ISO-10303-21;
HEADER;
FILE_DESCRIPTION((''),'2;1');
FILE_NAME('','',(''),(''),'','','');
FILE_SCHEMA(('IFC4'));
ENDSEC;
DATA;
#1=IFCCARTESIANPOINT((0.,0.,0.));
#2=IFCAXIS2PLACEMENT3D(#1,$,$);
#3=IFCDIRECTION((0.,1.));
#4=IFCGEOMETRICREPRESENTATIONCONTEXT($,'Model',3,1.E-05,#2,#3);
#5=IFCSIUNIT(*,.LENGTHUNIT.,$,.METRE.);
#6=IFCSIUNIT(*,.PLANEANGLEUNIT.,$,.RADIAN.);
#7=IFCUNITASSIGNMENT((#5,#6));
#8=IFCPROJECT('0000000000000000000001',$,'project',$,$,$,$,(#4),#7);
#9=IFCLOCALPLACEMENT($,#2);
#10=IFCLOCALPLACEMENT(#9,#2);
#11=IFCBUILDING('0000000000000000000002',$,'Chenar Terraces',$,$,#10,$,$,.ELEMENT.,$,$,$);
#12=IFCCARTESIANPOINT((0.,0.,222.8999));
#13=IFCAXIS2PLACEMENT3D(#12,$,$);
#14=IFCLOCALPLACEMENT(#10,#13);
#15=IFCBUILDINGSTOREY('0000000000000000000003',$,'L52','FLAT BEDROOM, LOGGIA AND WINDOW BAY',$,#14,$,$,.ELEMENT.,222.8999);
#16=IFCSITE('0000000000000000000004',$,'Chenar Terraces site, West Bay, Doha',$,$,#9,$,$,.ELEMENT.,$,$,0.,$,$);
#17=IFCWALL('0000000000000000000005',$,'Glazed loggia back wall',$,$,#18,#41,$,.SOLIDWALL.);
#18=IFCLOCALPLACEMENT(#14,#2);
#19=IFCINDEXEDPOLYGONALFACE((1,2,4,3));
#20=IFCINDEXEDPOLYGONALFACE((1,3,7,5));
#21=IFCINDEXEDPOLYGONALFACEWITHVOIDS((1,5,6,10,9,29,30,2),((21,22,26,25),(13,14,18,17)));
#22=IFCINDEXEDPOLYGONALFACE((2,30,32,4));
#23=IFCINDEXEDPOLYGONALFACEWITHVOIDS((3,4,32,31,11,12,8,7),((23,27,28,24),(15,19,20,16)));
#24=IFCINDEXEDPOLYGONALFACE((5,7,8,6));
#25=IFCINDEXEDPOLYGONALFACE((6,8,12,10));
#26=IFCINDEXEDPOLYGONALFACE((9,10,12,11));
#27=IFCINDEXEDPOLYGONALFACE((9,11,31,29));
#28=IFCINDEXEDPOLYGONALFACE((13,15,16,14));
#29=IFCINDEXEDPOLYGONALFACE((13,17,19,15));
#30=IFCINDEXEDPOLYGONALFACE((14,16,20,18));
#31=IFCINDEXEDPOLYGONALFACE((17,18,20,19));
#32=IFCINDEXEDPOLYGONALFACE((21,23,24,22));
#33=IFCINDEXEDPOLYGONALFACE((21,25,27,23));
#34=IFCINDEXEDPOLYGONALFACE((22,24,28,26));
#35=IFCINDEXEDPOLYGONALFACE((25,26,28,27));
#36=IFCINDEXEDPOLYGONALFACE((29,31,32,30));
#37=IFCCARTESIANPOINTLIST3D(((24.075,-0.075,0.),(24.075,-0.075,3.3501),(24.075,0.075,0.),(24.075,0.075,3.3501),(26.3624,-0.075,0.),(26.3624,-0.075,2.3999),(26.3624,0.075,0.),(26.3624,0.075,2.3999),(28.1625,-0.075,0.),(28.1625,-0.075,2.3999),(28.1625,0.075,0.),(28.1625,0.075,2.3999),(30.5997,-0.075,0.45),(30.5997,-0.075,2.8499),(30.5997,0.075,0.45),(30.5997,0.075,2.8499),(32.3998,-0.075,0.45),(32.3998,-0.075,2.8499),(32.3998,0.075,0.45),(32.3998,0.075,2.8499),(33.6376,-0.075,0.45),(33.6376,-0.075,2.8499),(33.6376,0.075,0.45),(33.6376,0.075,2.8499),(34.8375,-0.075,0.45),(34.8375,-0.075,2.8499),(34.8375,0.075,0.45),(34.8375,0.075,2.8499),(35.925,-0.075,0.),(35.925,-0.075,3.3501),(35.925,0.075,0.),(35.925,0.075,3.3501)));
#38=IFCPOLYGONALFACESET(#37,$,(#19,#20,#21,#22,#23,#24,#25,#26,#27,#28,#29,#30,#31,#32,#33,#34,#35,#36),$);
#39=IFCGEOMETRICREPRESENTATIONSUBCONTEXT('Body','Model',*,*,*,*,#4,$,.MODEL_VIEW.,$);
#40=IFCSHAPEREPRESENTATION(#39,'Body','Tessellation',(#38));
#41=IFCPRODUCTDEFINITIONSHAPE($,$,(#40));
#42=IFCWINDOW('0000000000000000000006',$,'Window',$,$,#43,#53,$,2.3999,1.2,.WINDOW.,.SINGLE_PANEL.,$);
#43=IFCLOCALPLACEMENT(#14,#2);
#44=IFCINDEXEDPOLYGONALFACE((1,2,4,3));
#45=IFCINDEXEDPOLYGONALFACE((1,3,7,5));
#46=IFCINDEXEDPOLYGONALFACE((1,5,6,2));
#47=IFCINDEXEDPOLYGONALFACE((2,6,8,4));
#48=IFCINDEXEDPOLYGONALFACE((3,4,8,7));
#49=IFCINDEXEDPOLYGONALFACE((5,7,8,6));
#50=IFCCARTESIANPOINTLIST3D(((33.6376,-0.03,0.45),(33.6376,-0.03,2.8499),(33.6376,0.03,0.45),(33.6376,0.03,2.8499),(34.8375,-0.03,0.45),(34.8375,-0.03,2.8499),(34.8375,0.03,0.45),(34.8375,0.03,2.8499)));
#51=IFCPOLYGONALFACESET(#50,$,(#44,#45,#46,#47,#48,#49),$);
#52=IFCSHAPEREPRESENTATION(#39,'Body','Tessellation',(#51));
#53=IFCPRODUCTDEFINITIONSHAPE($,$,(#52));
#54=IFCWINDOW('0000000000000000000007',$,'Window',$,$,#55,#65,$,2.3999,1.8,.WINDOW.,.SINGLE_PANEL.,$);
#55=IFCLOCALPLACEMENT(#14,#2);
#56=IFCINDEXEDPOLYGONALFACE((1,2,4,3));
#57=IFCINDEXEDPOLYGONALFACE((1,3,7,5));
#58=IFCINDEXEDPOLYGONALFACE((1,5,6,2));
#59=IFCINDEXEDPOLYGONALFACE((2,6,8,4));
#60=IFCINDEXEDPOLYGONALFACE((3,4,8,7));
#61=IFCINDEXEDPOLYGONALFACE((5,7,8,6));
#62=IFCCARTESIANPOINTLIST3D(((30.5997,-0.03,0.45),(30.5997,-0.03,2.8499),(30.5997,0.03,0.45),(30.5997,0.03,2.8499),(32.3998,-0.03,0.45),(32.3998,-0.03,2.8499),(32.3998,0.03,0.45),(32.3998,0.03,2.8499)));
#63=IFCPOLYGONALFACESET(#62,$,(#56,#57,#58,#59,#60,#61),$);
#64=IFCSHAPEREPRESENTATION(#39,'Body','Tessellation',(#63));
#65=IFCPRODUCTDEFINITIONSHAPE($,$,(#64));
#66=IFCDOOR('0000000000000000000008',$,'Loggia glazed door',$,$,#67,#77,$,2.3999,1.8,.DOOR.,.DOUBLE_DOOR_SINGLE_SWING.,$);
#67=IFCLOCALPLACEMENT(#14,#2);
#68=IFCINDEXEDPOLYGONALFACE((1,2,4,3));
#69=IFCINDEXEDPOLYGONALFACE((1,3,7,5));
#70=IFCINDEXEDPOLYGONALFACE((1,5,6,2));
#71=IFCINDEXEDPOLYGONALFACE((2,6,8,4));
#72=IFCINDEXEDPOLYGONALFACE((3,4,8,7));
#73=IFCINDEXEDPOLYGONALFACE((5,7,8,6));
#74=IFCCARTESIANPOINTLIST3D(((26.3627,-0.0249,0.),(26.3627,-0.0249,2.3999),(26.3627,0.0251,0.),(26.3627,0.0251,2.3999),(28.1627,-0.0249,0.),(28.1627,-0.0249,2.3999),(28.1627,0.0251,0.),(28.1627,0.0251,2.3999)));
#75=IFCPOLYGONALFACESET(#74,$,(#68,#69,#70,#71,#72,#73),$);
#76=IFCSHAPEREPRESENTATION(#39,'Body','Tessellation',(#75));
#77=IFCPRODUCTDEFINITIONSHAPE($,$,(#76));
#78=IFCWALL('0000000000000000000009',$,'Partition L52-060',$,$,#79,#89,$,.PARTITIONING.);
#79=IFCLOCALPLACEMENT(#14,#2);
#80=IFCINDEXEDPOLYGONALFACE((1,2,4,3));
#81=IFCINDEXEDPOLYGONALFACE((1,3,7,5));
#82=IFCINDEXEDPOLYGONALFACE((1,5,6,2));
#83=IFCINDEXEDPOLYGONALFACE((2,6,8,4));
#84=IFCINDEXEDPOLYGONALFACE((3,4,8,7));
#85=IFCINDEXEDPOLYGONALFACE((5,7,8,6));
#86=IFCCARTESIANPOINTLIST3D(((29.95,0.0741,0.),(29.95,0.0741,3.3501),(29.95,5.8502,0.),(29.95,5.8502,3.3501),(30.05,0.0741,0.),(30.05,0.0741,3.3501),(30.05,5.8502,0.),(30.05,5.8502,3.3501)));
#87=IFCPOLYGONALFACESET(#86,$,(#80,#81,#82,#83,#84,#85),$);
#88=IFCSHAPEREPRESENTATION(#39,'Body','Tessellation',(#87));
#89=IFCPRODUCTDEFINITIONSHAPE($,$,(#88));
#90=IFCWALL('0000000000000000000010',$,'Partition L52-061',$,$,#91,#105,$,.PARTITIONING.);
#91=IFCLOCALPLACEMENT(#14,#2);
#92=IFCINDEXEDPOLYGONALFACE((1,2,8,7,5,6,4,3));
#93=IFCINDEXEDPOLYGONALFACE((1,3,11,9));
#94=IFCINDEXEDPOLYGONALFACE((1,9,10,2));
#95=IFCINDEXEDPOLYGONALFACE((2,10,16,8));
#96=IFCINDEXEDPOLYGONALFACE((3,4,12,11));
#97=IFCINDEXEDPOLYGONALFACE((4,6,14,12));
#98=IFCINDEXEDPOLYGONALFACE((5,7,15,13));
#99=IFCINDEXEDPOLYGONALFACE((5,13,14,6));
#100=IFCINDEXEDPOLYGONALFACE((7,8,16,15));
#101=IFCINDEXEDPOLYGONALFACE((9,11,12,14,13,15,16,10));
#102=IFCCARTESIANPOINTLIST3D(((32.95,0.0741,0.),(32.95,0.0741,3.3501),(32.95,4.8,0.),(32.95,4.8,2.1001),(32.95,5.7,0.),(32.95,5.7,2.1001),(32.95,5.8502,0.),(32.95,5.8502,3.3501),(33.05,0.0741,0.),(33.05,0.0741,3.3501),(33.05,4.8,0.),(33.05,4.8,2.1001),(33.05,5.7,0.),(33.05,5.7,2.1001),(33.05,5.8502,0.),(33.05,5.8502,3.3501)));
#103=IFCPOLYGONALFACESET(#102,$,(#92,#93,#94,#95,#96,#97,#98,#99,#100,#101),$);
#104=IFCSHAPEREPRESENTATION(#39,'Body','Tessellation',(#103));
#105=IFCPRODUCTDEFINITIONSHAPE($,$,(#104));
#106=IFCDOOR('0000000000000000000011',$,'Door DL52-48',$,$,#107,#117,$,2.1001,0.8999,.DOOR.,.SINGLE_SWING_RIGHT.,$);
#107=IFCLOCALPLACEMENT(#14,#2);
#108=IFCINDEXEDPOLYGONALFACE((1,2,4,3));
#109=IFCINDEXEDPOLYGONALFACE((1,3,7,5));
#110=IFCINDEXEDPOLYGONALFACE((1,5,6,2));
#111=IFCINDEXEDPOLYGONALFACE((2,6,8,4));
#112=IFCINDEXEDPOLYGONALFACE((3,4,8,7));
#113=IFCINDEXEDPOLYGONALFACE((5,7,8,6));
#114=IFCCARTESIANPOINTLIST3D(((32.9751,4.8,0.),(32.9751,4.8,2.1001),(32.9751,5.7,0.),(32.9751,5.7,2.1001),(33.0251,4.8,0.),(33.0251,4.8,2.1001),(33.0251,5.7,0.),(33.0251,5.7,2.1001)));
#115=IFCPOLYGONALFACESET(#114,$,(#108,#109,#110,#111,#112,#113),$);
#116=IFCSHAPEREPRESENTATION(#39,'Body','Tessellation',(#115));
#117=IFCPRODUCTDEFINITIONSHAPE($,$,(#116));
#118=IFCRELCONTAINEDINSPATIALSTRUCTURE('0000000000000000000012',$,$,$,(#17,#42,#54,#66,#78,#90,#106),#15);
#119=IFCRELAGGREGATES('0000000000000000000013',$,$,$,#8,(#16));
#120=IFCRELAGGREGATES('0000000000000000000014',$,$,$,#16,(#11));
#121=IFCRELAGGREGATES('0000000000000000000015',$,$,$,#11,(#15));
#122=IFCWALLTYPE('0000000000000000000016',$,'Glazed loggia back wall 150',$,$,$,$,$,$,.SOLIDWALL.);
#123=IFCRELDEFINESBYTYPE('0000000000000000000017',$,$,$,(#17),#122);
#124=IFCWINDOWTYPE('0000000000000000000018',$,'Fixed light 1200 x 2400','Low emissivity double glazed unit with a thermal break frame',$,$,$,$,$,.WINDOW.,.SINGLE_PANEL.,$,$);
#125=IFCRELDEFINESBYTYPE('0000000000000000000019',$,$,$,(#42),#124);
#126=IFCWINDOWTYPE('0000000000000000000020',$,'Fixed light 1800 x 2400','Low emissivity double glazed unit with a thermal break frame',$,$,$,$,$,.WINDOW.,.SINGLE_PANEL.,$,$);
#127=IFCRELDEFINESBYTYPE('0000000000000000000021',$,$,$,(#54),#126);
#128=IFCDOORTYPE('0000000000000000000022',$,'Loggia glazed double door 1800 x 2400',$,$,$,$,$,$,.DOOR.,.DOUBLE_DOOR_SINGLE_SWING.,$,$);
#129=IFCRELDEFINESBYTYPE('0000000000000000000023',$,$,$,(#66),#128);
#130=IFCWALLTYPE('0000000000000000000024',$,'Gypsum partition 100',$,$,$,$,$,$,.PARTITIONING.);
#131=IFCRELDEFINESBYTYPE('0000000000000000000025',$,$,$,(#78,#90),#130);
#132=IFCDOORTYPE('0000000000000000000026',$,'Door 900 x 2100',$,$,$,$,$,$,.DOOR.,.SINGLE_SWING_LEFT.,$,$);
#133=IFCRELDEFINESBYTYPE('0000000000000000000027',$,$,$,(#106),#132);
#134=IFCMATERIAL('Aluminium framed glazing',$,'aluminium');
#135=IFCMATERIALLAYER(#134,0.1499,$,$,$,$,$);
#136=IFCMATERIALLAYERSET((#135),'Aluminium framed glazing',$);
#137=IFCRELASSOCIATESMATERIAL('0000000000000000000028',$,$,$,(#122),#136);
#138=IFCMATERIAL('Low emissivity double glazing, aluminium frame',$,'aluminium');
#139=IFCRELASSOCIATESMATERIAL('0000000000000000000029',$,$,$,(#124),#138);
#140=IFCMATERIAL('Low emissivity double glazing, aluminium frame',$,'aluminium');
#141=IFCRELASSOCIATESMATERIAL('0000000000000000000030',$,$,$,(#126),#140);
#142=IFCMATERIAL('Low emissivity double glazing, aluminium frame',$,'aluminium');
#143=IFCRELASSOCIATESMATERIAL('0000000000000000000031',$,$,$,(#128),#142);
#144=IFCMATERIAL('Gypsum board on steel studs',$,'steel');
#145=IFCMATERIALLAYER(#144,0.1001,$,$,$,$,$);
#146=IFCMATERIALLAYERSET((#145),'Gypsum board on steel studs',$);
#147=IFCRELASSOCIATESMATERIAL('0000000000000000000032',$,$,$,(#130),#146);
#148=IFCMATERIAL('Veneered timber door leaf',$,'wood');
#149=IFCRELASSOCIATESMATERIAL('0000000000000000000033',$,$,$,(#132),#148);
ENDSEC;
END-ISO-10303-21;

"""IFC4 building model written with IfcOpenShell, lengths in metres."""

from ifc_helpers import new_model, si_unit, direction, frame, frame_2d, origin, place, context, subcontext, project, spatial, rectangle, extrude, material, layer, layer_set, type_object, element, fill, save


model = new_model("IFC4")

# Units and contexts
model_context = context("Model", 3, precision=1e-05, world=origin(), true_north=direction((0.0, 1.0)))
body_context = subcontext(model_context, "Body", "Model", "MODEL_VIEW")
ifc_project = project(units=[si_unit("LENGTHUNIT", "METRE"), si_unit("PLANEANGLEUNIT", "RADIAN")], contexts=[model_context])

# Site, building, storey
site_placement = place(None, origin())
site = spatial("IfcSite", under=ifc_project, at=site_placement, Name="Chenar Terraces site, West Bay, Doha", CompositionType="ELEMENT", RefElevation=0.0)
building_placement = place(site_placement, origin())
building = spatial("IfcBuilding", under=site, at=building_placement, Name="Chenar Terraces", CompositionType="ELEMENT")
storey_placement = place(building_placement, frame((0.0, 0.0, 222.8999)))
storey = spatial("IfcBuildingStorey", under=building, at=storey_placement, Name="L52", Description="FLAT BEDROOM, LOGGIA AND WINDOW BAY", CompositionType="ELEMENT", Elevation=222.8999)

# Wall, openings, windows, door
ifc_material_1 = material(Name="Aluminium framed glazing", Category="aluminium")
ifc_layer_1 = layer(ifc_material_1, 0.1499)
ifc_layer_set_1 = layer_set([ifc_layer_1], Name="Aluminium framed glazing")
wall_type_1 = type_object("IfcWallType", Name="Glazed loggia back wall 150", PredefinedType="SOLIDWALL", material=ifc_layer_set_1)
wall_1_placement = place(storey_placement, frame((24.075, 0.0, 0.0), z_axis=(0.0, 0.0, 1.0), x_axis=(1.0, 0.0, 0.0)))
wall_1 = element("IfcWall", 1, at=wall_1_placement, inside=storey, type_object=wall_type_1, Name="Glazed loggia back wall", PredefinedType="SOLIDWALL", context=body_context, shape_type="SweptSolid", body=[
    extrude(rectangle(XDim=11.8501, YDim=0.1499, at=frame_2d((5.925, 0.0))), origin(), (0.0, 0.0, 1.0), 3.3501),
])
opening_1_placement = place(wall_1_placement, frame((2.2876, 0.0, 0.0)))
opening_1 = element("IfcOpeningElement", 2, at=opening_1_placement, cuts=wall_1, PredefinedType="OPENING", context=body_context, shape_type="SweptSolid", body=[
    extrude(rectangle(XDim=1.8, YDim=2.3999, at=frame_2d((0.8999, 1.2))), frame((0.0, 0.085, 0.0), z_axis=(0.0, -1.0, 0.0), x_axis=(1.0, 0.0, 0.0)), (0.0, 0.0, 1.0), 0.1699),
])
opening_2_placement = place(wall_1_placement, frame((6.5249, 0.0, 0.45)))
opening_2 = element("IfcOpeningElement", 3, at=opening_2_placement, cuts=wall_1, PredefinedType="OPENING", context=body_context, shape_type="SweptSolid", body=[
    extrude(rectangle(XDim=1.8, YDim=2.3999, at=frame_2d((0.8999, 1.2))), frame((0.0, 0.085, 0.0), z_axis=(0.0, -1.0, 0.0), x_axis=(1.0, 0.0, 0.0)), (0.0, 0.0, 1.0), 0.1699),
])
opening_3_placement = place(wall_1_placement, frame((9.5625, 0.0, 0.45)))
opening_3 = element("IfcOpeningElement", 4, at=opening_3_placement, cuts=wall_1, PredefinedType="OPENING", context=body_context, shape_type="SweptSolid", body=[
    extrude(rectangle(XDim=1.2, YDim=2.3999, at=frame_2d((0.6001, 1.2))), frame((0.0, 0.085, 0.0), z_axis=(0.0, -1.0, 0.0), x_axis=(1.0, 0.0, 0.0)), (0.0, 0.0, 1.0), 0.1699),
])
ifc_material_2 = material(Name="Low emissivity double glazing, aluminium frame", Category="aluminium")
window_type_1 = type_object("IfcWindowType", Name="Fixed light 1200 x 2400", Description="Low emissivity double glazed unit with a thermal break frame", PartitioningType="SINGLE_PANEL", PredefinedType="WINDOW", material=ifc_material_2)
window_1_placement = place(opening_3_placement, origin())
window_1 = element("IfcWindow", 5, at=window_1_placement, inside=storey, type_object=window_type_1, Name="Window", OverallHeight=2.3999, OverallWidth=1.2, PartitioningType="SINGLE_PANEL", PredefinedType="WINDOW", context=body_context, shape_type="SweptSolid", body=[
    extrude(rectangle(XDim=1.2, YDim=2.3999, at=frame_2d((0.6001, 1.2))), frame((0.0, 0.03, 0.0), z_axis=(0.0, -1.0, 0.0), x_axis=(1.0, 0.0, 0.0)), (0.0, 0.0, 1.0), 0.0601),
])
fill(opening_3, window_1)
ifc_material_3 = material(Name="Low emissivity double glazing, aluminium frame", Category="aluminium")
window_type_2 = type_object("IfcWindowType", Name="Fixed light 1800 x 2400", Description="Low emissivity double glazed unit with a thermal break frame", PartitioningType="SINGLE_PANEL", PredefinedType="WINDOW", material=ifc_material_3)
window_2_placement = place(opening_2_placement, origin())
window_2 = element("IfcWindow", 6, at=window_2_placement, inside=storey, type_object=window_type_2, Name="Window", OverallHeight=2.3999, OverallWidth=1.8, PartitioningType="SINGLE_PANEL", PredefinedType="WINDOW", context=body_context, shape_type="SweptSolid", body=[
    extrude(rectangle(XDim=1.8, YDim=2.3999, at=frame_2d((0.8999, 1.2))), frame((0.0, 0.03, 0.0), z_axis=(0.0, -1.0, 0.0), x_axis=(1.0, 0.0, 0.0)), (0.0, 0.0, 1.0), 0.0601),
])
fill(opening_2, window_2)
ifc_material_4 = material(Name="Low emissivity double glazing, aluminium frame", Category="aluminium")
door_type_1 = type_object("IfcDoorType", Name="Loggia glazed double door 1800 x 2400", OperationType="DOUBLE_DOOR_SINGLE_SWING", PredefinedType="DOOR", material=ifc_material_4)
door_1_placement = place(opening_1_placement, frame((1.8, 0.0, 0.0), z_axis=(0.0, 0.0, 1.0), x_axis=(-1.0, 0.0, 0.0)))
door_1 = element("IfcDoor", 7, at=door_1_placement, inside=storey, type_object=door_type_1, Name="Loggia glazed door", OperationType="DOUBLE_DOOR_SINGLE_SWING", OverallHeight=2.3999, OverallWidth=1.8, PredefinedType="DOOR", context=body_context, shape_type="SweptSolid", body=[
    extrude(rectangle(XDim=1.8, YDim=2.3999, at=frame_2d((0.8999, 1.2))), frame((0.0, 0.0249, 0.0), z_axis=(0.0, -1.0, 0.0), x_axis=(1.0, 0.0, 0.0)), (0.0, 0.0, 1.0), 0.05),
])
fill(opening_1, door_1)

# Wall
ifc_material_5 = material(Name="Gypsum board on steel studs", Category="steel")
ifc_layer_2 = layer(ifc_material_5, 0.1001)
ifc_layer_set_2 = layer_set([ifc_layer_2], Name="Gypsum board on steel studs")
wall_type_2 = type_object("IfcWallType", Name="Gypsum partition 100", PredefinedType="PARTITIONING", material=ifc_layer_set_2)
wall_2_placement = place(storey_placement, frame((30.0, 0.074, 0.0), z_axis=(0.0, 0.0, 1.0), x_axis=(0.0, 1.0, 0.0)))
element("IfcWall", 8, at=wall_2_placement, inside=storey, type_object=wall_type_2, Name="Partition L52-060", PredefinedType="PARTITIONING", context=body_context, shape_type="SweptSolid", body=[
    extrude(rectangle(XDim=5.7761, YDim=0.1001, at=frame_2d((2.8882, 0.0))), origin(), (0.0, 0.0, 1.0), 3.3501),
])

# Wall, opening, door
wall_3_placement = place(storey_placement, frame((33.0, 0.074, 0.0), z_axis=(0.0, 0.0, 1.0), x_axis=(0.0, 1.0, 0.0)))
wall_3 = element("IfcWall", 9, at=wall_3_placement, inside=storey, type_object=wall_type_2, Name="Partition L52-061", PredefinedType="PARTITIONING", context=body_context, shape_type="SweptSolid", body=[
    extrude(rectangle(XDim=5.7761, YDim=0.1001, at=frame_2d((2.8882, 0.0))), origin(), (0.0, 0.0, 1.0), 3.3501),
])
opening_4_placement = place(wall_3_placement, frame((4.7261, 0.0, 0.0)))
opening_4 = element("IfcOpeningElement", 10, at=opening_4_placement, cuts=wall_3, PredefinedType="OPENING", context=body_context, shape_type="SweptSolid", body=[
    extrude(rectangle(XDim=0.8999, YDim=2.1001, at=frame_2d((0.45, 1.05))), frame((0.0, 0.0601, 0.0), z_axis=(0.0, -1.0, 0.0), x_axis=(1.0, 0.0, 0.0)), (0.0, 0.0, 1.0), 0.1201),
])
ifc_material_6 = material(Name="Veneered timber door leaf", Category="wood")
door_type_2 = type_object("IfcDoorType", Name="Door 900 x 2100", OperationType="SINGLE_SWING_LEFT", PredefinedType="DOOR", material=ifc_material_6)
door_2_placement = place(opening_4_placement, origin())
door_2 = element("IfcDoor", 11, at=door_2_placement, inside=storey, type_object=door_type_2, Name="Door DL52-48", OperationType="SINGLE_SWING_RIGHT", OverallHeight=2.1001, OverallWidth=0.8999, PredefinedType="DOOR", context=body_context, shape_type="SweptSolid", body=[
    extrude(rectangle(XDim=0.8999, YDim=2.1001, at=frame_2d((0.45, 1.05))), frame((0.0, 0.0249, 0.0), z_axis=(0.0, -1.0, 0.0), x_axis=(1.0, 0.0, 0.0)), (0.0, 0.0, 1.0), 0.05),
])
fill(opening_4, door_2)

save(model, "model.ifc")
